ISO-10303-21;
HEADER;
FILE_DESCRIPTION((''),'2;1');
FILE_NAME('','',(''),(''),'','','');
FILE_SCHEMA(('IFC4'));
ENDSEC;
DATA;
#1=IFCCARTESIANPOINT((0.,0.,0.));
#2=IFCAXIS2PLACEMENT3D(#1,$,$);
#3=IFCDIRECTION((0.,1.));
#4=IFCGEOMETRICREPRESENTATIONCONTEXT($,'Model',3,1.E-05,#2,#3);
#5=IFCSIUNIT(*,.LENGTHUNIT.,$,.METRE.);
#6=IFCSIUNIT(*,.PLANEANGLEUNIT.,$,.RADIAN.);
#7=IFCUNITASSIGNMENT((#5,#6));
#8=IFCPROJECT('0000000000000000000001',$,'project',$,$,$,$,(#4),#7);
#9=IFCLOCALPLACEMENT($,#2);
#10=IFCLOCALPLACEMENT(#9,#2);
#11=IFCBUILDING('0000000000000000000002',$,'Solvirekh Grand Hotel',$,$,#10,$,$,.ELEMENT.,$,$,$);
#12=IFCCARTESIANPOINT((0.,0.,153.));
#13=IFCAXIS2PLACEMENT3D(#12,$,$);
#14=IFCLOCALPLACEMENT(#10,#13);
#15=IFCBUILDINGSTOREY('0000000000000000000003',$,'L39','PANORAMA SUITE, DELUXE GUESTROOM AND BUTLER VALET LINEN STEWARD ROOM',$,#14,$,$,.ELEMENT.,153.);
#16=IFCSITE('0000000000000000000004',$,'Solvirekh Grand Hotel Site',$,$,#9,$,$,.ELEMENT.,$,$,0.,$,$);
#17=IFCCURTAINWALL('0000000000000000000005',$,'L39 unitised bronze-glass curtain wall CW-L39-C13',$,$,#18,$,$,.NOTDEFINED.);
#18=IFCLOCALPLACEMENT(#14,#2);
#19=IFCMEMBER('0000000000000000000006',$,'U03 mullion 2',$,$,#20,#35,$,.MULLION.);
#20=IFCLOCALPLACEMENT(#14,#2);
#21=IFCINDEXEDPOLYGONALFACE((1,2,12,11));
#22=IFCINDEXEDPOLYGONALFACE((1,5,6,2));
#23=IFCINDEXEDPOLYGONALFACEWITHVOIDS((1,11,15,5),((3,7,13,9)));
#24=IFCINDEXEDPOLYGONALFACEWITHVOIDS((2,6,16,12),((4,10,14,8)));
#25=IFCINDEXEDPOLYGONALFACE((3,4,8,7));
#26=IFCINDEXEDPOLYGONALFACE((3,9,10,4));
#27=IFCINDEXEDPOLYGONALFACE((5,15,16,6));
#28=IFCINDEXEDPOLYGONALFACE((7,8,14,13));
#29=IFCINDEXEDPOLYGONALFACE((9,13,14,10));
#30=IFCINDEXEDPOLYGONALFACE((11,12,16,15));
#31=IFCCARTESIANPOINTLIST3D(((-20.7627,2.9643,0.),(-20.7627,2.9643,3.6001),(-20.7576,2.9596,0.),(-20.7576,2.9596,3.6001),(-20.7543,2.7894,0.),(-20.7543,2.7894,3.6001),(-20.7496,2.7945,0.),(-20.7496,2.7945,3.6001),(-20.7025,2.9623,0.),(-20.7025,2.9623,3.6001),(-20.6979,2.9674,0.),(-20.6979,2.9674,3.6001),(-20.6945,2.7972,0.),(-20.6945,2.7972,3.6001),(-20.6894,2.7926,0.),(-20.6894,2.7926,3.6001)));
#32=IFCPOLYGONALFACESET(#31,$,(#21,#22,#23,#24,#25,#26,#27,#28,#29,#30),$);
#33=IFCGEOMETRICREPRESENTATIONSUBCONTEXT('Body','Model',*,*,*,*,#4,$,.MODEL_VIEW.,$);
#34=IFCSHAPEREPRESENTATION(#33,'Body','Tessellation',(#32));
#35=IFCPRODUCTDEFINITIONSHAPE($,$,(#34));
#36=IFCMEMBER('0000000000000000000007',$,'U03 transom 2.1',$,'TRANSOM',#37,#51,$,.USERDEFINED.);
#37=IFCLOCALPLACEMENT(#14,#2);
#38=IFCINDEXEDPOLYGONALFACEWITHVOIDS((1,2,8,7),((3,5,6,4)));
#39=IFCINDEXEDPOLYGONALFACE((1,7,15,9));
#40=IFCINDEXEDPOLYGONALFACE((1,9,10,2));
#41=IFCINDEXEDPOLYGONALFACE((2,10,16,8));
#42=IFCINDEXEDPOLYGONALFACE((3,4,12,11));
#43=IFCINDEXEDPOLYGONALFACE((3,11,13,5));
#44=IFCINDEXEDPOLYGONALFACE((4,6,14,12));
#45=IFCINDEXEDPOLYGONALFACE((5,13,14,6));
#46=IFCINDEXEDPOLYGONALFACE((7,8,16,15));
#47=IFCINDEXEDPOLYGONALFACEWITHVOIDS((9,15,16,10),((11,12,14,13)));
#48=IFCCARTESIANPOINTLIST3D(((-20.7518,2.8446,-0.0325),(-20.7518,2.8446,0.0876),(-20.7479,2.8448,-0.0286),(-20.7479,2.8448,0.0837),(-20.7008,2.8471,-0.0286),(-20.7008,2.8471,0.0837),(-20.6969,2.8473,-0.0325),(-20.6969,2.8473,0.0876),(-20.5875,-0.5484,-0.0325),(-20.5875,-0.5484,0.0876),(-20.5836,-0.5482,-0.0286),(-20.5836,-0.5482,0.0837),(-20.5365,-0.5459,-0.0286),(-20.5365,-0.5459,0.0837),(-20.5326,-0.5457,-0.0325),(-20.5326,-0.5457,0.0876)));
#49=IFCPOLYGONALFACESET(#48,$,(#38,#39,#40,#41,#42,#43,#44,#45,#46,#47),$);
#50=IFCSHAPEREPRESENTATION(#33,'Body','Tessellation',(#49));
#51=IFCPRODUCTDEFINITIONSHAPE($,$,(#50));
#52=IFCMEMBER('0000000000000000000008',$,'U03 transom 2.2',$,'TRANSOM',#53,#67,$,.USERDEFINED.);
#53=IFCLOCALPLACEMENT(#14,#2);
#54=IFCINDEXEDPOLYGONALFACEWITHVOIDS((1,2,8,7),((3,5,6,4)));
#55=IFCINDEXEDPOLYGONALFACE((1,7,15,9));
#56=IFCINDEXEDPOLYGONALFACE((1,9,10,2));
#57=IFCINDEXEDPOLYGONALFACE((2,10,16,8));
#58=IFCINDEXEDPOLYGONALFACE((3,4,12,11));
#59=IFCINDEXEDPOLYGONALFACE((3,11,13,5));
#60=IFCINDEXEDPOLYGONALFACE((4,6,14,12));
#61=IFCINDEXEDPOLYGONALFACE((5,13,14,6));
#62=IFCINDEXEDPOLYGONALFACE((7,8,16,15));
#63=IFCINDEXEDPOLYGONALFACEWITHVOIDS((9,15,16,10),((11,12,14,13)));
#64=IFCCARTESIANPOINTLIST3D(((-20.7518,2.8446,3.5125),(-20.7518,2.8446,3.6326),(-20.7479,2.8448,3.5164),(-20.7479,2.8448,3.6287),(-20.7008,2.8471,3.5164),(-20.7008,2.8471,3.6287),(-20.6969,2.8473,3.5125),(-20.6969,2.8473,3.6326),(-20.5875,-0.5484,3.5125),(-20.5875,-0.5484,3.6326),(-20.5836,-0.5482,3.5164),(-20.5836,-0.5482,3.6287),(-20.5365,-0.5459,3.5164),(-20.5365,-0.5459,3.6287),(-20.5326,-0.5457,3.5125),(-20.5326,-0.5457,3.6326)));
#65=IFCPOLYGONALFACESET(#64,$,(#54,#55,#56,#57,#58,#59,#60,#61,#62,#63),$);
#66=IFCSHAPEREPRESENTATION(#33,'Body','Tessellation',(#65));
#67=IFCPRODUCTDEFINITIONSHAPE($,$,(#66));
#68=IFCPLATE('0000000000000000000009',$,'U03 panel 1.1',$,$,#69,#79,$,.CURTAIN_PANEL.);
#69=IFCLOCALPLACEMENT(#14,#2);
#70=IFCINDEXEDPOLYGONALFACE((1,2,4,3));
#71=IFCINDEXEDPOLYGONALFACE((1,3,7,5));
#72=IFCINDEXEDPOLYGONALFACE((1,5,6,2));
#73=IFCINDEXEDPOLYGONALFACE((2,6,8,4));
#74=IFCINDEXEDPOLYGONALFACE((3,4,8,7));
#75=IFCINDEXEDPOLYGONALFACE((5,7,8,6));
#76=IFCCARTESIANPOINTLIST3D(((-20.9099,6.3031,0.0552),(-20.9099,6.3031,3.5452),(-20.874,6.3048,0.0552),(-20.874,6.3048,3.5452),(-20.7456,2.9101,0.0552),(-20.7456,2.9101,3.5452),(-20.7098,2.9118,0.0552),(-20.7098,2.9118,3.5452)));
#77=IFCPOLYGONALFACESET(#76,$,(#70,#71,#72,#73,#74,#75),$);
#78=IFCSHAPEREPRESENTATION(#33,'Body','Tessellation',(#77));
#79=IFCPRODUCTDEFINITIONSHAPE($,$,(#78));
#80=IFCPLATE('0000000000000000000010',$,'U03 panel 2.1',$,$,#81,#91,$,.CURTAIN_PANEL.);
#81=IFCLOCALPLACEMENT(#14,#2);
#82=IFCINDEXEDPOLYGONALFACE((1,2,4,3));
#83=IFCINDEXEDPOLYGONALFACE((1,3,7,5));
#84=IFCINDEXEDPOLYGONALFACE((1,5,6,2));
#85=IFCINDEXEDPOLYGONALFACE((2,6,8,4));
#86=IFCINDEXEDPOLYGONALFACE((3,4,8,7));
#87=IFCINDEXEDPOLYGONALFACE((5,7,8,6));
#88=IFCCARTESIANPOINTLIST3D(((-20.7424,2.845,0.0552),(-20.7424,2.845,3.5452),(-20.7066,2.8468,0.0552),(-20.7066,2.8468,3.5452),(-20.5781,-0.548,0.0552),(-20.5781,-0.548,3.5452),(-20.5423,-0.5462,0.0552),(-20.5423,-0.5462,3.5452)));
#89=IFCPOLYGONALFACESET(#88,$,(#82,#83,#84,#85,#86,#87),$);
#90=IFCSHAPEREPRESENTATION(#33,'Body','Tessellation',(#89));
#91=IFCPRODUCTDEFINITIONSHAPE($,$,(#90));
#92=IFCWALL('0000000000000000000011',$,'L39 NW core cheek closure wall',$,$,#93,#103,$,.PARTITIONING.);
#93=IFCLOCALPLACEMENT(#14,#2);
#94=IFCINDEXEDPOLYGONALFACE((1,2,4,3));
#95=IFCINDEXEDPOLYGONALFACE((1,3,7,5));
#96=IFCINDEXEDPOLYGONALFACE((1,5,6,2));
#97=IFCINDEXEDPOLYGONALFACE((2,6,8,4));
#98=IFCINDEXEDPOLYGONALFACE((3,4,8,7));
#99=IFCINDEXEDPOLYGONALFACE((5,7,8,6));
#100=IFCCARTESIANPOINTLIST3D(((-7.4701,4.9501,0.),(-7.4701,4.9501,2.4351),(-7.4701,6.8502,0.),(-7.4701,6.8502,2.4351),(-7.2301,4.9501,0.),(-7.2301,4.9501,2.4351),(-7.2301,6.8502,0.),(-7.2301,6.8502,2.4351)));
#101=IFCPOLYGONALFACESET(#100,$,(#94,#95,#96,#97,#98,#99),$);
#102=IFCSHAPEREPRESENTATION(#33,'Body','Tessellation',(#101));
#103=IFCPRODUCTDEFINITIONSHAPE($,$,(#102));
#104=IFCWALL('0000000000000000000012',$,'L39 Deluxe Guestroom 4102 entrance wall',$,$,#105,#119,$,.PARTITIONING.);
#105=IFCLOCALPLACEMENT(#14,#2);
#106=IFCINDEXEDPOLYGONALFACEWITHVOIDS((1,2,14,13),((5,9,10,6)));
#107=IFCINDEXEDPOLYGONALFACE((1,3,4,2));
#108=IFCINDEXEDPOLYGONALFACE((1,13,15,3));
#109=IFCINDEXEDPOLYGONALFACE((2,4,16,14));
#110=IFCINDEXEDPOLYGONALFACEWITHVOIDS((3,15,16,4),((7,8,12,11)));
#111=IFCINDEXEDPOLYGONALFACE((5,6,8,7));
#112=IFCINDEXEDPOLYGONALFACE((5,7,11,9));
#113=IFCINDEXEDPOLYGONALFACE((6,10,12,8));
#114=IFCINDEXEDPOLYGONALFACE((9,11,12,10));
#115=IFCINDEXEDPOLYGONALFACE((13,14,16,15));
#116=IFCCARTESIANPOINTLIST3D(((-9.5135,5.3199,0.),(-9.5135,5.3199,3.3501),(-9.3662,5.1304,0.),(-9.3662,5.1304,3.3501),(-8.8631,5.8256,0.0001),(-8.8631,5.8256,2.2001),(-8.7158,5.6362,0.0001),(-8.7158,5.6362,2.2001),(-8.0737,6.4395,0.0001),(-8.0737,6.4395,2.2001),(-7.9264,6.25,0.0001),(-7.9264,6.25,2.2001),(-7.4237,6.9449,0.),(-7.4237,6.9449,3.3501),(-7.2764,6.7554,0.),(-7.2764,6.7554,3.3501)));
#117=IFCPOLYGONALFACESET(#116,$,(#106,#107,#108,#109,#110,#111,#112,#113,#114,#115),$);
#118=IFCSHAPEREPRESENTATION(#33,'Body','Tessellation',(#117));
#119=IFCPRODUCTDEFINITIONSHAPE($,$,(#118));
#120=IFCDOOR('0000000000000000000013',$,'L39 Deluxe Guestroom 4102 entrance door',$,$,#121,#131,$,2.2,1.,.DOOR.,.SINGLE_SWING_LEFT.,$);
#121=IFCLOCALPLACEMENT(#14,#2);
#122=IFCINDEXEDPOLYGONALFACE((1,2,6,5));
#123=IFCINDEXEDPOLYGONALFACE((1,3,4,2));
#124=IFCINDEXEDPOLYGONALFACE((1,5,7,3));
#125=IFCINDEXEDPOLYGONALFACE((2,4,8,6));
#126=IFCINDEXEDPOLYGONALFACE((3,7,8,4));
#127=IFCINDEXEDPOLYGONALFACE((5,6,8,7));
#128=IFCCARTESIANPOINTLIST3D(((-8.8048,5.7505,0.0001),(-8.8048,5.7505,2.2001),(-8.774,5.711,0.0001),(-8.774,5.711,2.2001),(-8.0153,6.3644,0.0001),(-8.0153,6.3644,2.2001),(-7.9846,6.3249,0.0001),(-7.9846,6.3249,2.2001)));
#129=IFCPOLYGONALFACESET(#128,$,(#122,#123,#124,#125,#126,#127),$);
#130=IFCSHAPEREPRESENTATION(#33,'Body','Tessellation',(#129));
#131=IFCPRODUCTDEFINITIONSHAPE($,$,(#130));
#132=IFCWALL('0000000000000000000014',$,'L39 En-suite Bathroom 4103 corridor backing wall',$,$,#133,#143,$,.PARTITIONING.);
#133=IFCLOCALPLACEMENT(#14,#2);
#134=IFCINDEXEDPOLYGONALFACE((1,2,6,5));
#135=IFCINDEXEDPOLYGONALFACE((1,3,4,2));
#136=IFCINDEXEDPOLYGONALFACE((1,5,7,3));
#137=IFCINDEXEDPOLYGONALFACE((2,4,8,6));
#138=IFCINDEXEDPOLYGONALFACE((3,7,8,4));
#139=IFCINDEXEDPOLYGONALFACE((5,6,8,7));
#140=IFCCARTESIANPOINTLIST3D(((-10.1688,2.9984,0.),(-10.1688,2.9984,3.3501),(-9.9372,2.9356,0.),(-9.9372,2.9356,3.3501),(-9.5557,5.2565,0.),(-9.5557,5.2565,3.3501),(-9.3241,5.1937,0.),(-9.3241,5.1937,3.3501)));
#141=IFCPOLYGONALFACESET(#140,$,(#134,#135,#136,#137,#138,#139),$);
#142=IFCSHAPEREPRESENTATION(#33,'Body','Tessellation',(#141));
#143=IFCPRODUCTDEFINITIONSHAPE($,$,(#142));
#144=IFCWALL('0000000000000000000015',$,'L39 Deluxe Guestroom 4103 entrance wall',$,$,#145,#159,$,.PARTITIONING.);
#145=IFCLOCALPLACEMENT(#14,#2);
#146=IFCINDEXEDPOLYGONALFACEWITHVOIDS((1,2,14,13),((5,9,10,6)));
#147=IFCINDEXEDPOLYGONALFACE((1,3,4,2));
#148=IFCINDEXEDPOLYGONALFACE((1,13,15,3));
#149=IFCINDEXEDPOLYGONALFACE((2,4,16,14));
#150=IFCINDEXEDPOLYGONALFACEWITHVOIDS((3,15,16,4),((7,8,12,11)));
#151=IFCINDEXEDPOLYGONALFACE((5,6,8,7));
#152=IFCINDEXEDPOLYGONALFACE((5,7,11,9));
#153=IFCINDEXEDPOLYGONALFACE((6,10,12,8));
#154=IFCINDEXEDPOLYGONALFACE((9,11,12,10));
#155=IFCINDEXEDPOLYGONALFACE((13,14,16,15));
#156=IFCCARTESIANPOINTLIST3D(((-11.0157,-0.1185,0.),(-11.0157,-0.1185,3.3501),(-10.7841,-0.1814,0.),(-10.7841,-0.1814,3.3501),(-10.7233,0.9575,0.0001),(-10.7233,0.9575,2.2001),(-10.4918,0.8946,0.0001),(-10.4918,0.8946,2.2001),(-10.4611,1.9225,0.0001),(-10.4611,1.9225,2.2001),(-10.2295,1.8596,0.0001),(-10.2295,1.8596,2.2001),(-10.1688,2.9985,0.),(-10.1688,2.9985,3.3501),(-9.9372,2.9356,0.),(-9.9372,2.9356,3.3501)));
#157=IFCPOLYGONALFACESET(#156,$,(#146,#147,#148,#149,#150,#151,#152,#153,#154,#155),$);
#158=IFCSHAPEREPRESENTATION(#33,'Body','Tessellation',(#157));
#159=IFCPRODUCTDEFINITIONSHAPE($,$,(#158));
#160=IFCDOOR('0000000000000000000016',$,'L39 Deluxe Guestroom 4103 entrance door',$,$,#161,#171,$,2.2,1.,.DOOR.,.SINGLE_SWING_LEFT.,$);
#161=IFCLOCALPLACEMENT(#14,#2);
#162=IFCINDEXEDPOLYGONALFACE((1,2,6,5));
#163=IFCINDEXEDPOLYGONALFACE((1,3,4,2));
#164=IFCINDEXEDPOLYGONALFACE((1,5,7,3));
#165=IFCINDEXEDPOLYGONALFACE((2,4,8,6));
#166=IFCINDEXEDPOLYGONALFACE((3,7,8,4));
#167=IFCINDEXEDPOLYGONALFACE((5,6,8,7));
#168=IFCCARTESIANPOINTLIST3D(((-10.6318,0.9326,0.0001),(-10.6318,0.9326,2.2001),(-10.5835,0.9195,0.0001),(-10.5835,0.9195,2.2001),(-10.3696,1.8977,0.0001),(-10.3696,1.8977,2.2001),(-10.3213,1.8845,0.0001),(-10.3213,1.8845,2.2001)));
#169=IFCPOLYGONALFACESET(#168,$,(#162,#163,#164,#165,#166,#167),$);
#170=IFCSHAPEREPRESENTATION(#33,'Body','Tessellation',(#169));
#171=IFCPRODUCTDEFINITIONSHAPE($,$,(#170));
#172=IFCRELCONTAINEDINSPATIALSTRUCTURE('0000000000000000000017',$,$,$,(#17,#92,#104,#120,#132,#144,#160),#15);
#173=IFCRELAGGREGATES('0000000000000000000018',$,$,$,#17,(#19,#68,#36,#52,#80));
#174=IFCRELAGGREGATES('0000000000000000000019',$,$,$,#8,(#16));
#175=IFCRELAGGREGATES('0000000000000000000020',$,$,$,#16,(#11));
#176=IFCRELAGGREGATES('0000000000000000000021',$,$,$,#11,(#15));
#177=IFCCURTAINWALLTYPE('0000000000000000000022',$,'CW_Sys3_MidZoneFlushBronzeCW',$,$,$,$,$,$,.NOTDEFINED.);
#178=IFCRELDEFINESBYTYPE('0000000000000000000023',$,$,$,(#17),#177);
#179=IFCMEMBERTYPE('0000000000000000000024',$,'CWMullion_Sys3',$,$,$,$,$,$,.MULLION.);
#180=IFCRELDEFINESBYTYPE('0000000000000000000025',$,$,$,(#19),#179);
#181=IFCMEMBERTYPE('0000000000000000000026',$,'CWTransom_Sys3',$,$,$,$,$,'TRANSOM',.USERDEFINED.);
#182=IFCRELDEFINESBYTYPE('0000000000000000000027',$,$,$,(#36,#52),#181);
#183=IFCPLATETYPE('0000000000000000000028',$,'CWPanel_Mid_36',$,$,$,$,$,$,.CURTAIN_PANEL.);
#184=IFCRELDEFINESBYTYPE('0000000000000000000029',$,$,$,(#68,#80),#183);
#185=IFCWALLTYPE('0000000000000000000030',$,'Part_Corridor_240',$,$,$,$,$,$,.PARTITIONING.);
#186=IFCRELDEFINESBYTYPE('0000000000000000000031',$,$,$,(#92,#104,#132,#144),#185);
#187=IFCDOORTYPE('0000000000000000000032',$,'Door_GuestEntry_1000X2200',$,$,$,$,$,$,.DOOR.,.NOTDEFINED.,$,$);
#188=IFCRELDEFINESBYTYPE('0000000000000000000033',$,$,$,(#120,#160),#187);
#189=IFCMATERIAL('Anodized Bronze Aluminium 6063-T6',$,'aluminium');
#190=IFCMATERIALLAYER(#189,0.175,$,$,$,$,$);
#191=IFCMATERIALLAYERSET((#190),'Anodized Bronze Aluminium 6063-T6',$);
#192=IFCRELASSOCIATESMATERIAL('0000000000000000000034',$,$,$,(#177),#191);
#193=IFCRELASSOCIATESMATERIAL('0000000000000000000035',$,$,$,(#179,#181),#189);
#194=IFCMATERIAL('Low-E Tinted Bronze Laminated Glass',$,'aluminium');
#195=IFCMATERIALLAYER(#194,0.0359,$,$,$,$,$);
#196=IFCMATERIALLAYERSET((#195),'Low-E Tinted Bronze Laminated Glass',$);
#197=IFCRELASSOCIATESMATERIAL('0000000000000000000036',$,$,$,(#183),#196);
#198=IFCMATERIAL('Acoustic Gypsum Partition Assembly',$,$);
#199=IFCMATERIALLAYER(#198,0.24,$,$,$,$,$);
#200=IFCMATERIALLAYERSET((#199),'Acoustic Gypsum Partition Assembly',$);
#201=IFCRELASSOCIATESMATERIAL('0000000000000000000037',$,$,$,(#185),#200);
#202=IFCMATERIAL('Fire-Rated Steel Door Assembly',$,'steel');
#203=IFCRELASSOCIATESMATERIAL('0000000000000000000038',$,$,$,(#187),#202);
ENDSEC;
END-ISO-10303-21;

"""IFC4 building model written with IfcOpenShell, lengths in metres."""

from ifc_helpers import new_model, si_unit, direction, frame, frame_2d, origin, origin_2d, place, context, subcontext, project, spatial, rectangle, hollow_rectangle, extrude, source, transform, mapped, material, layer, layer_set, material_profile, profile_set, type_object, element, fill, aggregate, save


model = new_model("IFC4")

# Units and contexts
model_context = context("Model", 3, precision=1e-05, world=origin(), true_north=direction((0.0, 1.0)))
body_context = subcontext(model_context, "Body", "Model", "MODEL_VIEW")
ifc_project = project(units=[si_unit("LENGTHUNIT", "METRE"), si_unit("PLANEANGLEUNIT", "RADIAN")], contexts=[model_context])

# Site, building, storey
site_placement = place(None, origin())
site = spatial("IfcSite", under=ifc_project, at=site_placement, Name="Solvirekh Grand Hotel Site", CompositionType="ELEMENT", RefElevation=0.0)
building_placement = place(site_placement, origin())
building = spatial("IfcBuilding", under=site, at=building_placement, Name="Solvirekh Grand Hotel", CompositionType="ELEMENT")
storey_placement = place(building_placement, frame((0.0, 0.0, 153.0)))
storey = spatial("IfcBuildingStorey", under=building, at=storey_placement, Name="L39", Description="PANORAMA SUITE, DELUXE GUESTROOM AND BUTLER VALET LINEN STEWARD ROOM", CompositionType="ELEMENT", Elevation=153.0)

# Curtain wall, members, plates
ifc_material_1 = material(Name="Anodized Bronze Aluminium 6063-T6", Category="aluminium")
ifc_layer_1 = layer(ifc_material_1, 0.175)
ifc_layer_set_1 = layer_set([ifc_layer_1], Name="Anodized Bronze Aluminium 6063-T6")
curtain_wall_type = type_object("IfcCurtainWallType", Name="CW_Sys3_MidZoneFlushBronzeCW", PredefinedType="NOTDEFINED", material=ifc_layer_set_1)
curtain_wall_placement = place(storey_placement, origin())
curtain_wall = element("IfcCurtainWall", 1, at=curtain_wall_placement, inside=storey, type_object=curtain_wall_type, Name="L39 unitised bronze-glass curtain wall CW-L39-C13", PredefinedType="NOTDEFINED")
ifc_material_profile_1 = material_profile(ifc_material_1, hollow_rectangle(XDim=0.0649, YDim=0.175, WallThickness=0.0049, at=origin_2d()), Name="ALU RHS 175X65X5")
ifc_profile_set_1 = profile_set([ifc_material_profile_1], Name="Anodized Bronze Aluminium 6063-T6")
member_type_1 = type_object("IfcMemberType", Name="CWMullion_Sys3", PredefinedType="MULLION", material=ifc_profile_set_1)
shared_shape_1 = source(origin(), body_context, "Body", "SweptSolid", [
    extrude(hollow_rectangle(XDim=0.0649, YDim=0.175, WallThickness=0.0049, at=origin_2d()), origin(), (0.0, 0.0, 1.0), 3.6001),
])
member_1_placement = place(storey_placement, frame((-20.7261, 2.8784, 0.0), z_axis=(0.0, 0.0, 1.0), x_axis=(0.99883, 0.04836, 0.0)))
member_1 = element("IfcMember", 2, at=member_1_placement, type_object=member_type_1, Name="U03 mullion 2", PredefinedType="MULLION", context=body_context, shape_type="MappedRepresentation", body=[
    mapped(shared_shape_1, transform((0.0, 0.0, 0.0), x_axis=(1.0, 0.0, 0.0), y_axis=(0.0, 1.0, 0.0), z_axis=(0.0, 0.0, 1.0), scale=1.0)),
])
ifc_material_profile_2 = material_profile(ifc_material_1, hollow_rectangle(XDim=0.0549, YDim=0.1201, WallThickness=0.0039, at=origin_2d()), Name="ALU RHS 120X55X4")
ifc_profile_set_2 = profile_set([ifc_material_profile_2], Name="Anodized Bronze Aluminium 6063-T6")
member_type_2 = type_object("IfcMemberType", Name="CWTransom_Sys3", ElementType="TRANSOM", PredefinedType="USERDEFINED", material=ifc_profile_set_2)
shared_shape_2 = source(origin(), body_context, "Body", "SweptSolid", [
    extrude(hollow_rectangle(XDim=0.0549, YDim=0.1201, WallThickness=0.0039, at=origin_2d()), origin(), (0.0, 0.0, 1.0), 3.397),
])
member_2_placement = place(storey_placement, frame((-20.7244, 2.8459, 0.0276), z_axis=(0.048368, -0.99883, 0.0), x_axis=(0.99883, 0.048368, 0.0)))
member_2 = element("IfcMember", 3, at=member_2_placement, type_object=member_type_2, Name="U03 transom 2.1", ObjectType="TRANSOM", PredefinedType="USERDEFINED", context=body_context, shape_type="MappedRepresentation", body=[
    mapped(shared_shape_2, transform((0.0, 0.0, 0.0), x_axis=(1.0, 0.0, 0.0), y_axis=(0.0, 1.0, 0.0), z_axis=(0.0, 0.0, 1.0), scale=1.0)),
])
member_3_placement = place(storey_placement, frame((-20.7244, 2.8459, 3.5725), z_axis=(0.048368, -0.99883, 0.0), x_axis=(0.99883, 0.048368, 0.0)))
member_3 = element("IfcMember", 4, at=member_3_placement, type_object=member_type_2, Name="U03 transom 2.2", ObjectType="TRANSOM", PredefinedType="USERDEFINED", context=body_context, shape_type="MappedRepresentation", body=[
    mapped(shared_shape_2, transform((0.0, 0.0, 0.0), x_axis=(1.0, 0.0, 0.0), y_axis=(0.0, 1.0, 0.0), z_axis=(0.0, 0.0, 1.0), scale=1.0)),
])
ifc_material_2 = material(Name="Low-E Tinted Bronze Laminated Glass", Category="aluminium")
ifc_layer_2 = layer(ifc_material_2, 0.0359)
ifc_layer_set_2 = layer_set([ifc_layer_2], Name="Low-E Tinted Bronze Laminated Glass")
plate_type = type_object("IfcPlateType", Name="CWPanel_Mid_36", PredefinedType="CURTAIN_PANEL", material=ifc_layer_set_2)
shared_shape_3 = source(origin(), body_context, "Body", "SweptSolid", [
    extrude(rectangle(XDim=3.397, YDim=0.0359, at=origin_2d()), origin(), (0.0, 0.0, 1.0), 3.49),
])
plate_1_placement = place(storey_placement, frame((-20.8098, 4.6074, 0.0552), z_axis=(0.0, 0.0, 1.0), x_axis=(0.04836, -0.99883, 0.0)))
plate_1 = element("IfcPlate", 5, at=plate_1_placement, type_object=plate_type, Name="U03 panel 1.1", PredefinedType="CURTAIN_PANEL", context=body_context, shape_type="MappedRepresentation", body=[
    mapped(shared_shape_3, transform((0.0, 0.0, 0.0), x_axis=(1.0, 0.0, 0.0), y_axis=(0.0, 1.0, 0.0), z_axis=(0.0, 0.0, 1.0), scale=1.0)),
])
plate_2_placement = place(storey_placement, frame((-20.6423, 1.1494, 0.0552), z_axis=(0.0, 0.0, 1.0), x_axis=(0.04836, -0.99883, 0.0)))
plate_2 = element("IfcPlate", 6, at=plate_2_placement, type_object=plate_type, Name="U03 panel 2.1", PredefinedType="CURTAIN_PANEL", context=body_context, shape_type="MappedRepresentation", body=[
    mapped(shared_shape_3, transform((0.0, 0.0, 0.0), x_axis=(1.0, 0.0, 0.0), y_axis=(0.0, 1.0, 0.0), z_axis=(0.0, 0.0, 1.0), scale=1.0)),
])
aggregate(curtain_wall, [member_1, plate_1, member_2, member_3, plate_2])

# Wall
ifc_material_3 = material(Name="Acoustic Gypsum Partition Assembly")
ifc_layer_3 = layer(ifc_material_3, 0.24)
ifc_layer_set_3 = layer_set([ifc_layer_3], Name="Acoustic Gypsum Partition Assembly")
wall_type_1 = type_object("IfcWallType", Name="Part_Corridor_240", PredefinedType="PARTITIONING", material=ifc_layer_set_3)
wall_1_placement = place(storey_placement, frame((-7.3501, 4.95, 0.0), z_axis=(0.0, 0.0, 1.0), x_axis=(0.0, 1.0, 0.0)))
element("IfcWall", 7, at=wall_1_placement, inside=storey, type_object=wall_type_1, Name="L39 NW core cheek closure wall", PredefinedType="PARTITIONING", context=body_context, shape_type="SweptSolid", body=[
    extrude(rectangle(XDim=1.9001, YDim=0.24, at=frame_2d((0.9502, 0.0))), origin(), (0.0, 0.0, 1.0), 2.4351),
])

# Wall, opening, door
wall_2_placement = place(storey_placement, frame((-9.4399, 5.2251, 0.0), z_axis=(0.0, 0.0, 1.0), x_axis=(0.789432, 0.613838, 0.0)))
wall_2 = element("IfcWall", 8, at=wall_2_placement, inside=storey, type_object=wall_type_1, Name="L39 Deluxe Guestroom 4102 entrance wall", PredefinedType="PARTITIONING", context=body_context, shape_type="SweptSolid", body=[
    extrude(rectangle(XDim=2.6472, YDim=0.24, at=frame_2d((1.3237, 0.0))), origin(), (0.0, 0.0, 1.0), 3.3501),
])
opening_1_placement = place(wall_2_placement, frame((0.824, 0.0, 0.0)))
opening_1 = element("IfcOpeningElement", 9, at=opening_1_placement, cuts=wall_2, PredefinedType="OPENING", context=body_context, shape_type="SweptSolid", body=[
    extrude(rectangle(XDim=1.0, YDim=2.2, at=frame_2d((0.5, 1.1001))), frame((0.0, 0.1299, 0.0), z_axis=(0.0, -1.0, 0.0), x_axis=(1.0, 0.0, 0.0)), (0.0, 0.0, 1.0), 0.26),
])
ifc_material_4 = material(Name="Fire-Rated Steel Door Assembly", Category="steel")
door_type_1 = type_object("IfcDoorType", Name="Door_GuestEntry_1000X2200", OperationType="NOTDEFINED", PredefinedType="DOOR", material=ifc_material_4)
door_1_placement = place(opening_1_placement, origin())
door_1 = element("IfcDoor", 10, at=door_1_placement, inside=storey, type_object=door_type_1, Name="L39 Deluxe Guestroom 4102 entrance door", OperationType="SINGLE_SWING_LEFT", OverallHeight=2.2, OverallWidth=1.0, PredefinedType="DOOR", context=body_context, shape_type="SweptSolid", body=[
    extrude(rectangle(XDim=1.0, YDim=2.2, at=frame_2d((0.5, 1.1001))), frame((0.0, 0.0249, 0.0), z_axis=(0.0, -1.0, 0.0), x_axis=(1.0, 0.0, 0.0)), (0.0, 0.0, 1.0), 0.05),
])
fill(opening_1, door_1)

# Wall
wall_3_placement = place(storey_placement, frame((-9.4399, 5.2251, 0.0), z_axis=(0.0, 0.0, 1.0), x_axis=(-0.262005, -0.965067, 0.0)))
element("IfcWall", 11, at=wall_3_placement, inside=storey, type_object=wall_type_1, Name="L39 En-suite Bathroom 4103 corridor backing wall", PredefinedType="PARTITIONING", context=body_context, shape_type="SweptSolid", body=[
    extrude(rectangle(XDim=2.3398, YDim=0.24, at=frame_2d((1.1699, 0.0))), origin(), (0.0, 0.0, 1.0), 3.3501),
])

# Wall, opening, door
wall_4_placement = place(storey_placement, frame((-10.053, 2.967, 0.0), z_axis=(0.0, 0.0, 1.0), x_axis=(-0.262209, -0.965011, 0.0)))
wall_4 = element("IfcWall", 12, at=wall_4_placement, inside=storey, type_object=wall_type_1, Name="L39 Deluxe Guestroom 4103 entrance wall", PredefinedType="PARTITIONING", context=body_context, shape_type="SweptSolid", body=[
    extrude(rectangle(XDim=3.23, YDim=0.24, at=frame_2d((1.615, 0.0))), origin(), (0.0, 0.0, 1.0), 3.3501),
])
opening_2_placement = place(wall_4_placement, frame((1.115, 0.0, 0.0)))
opening_2 = element("IfcOpeningElement", 13, at=opening_2_placement, cuts=wall_4, PredefinedType="OPENING", context=body_context, shape_type="SweptSolid", body=[
    extrude(rectangle(XDim=1.0, YDim=2.2, at=frame_2d((0.5, 1.1001))), frame((0.0, 0.1299, 0.0), z_axis=(0.0, -1.0, 0.0), x_axis=(1.0, 0.0, 0.0)), (0.0, 0.0, 1.0), 0.26),
])
door_2_placement = place(opening_2_placement, origin())
door_2 = element("IfcDoor", 14, at=door_2_placement, inside=storey, type_object=door_type_1, Name="L39 Deluxe Guestroom 4103 entrance door", OperationType="SINGLE_SWING_LEFT", OverallHeight=2.2, OverallWidth=1.0, PredefinedType="DOOR", context=body_context, shape_type="SweptSolid", body=[
    extrude(rectangle(XDim=1.0, YDim=2.2, at=frame_2d((0.5, 1.1001))), frame((0.0, 0.0249, 0.0), z_axis=(0.0, -1.0, 0.0), x_axis=(1.0, 0.0, 0.0)), (0.0, 0.0, 1.0), 0.05),
])
fill(opening_2, door_2)

save(model, "model.ifc")
